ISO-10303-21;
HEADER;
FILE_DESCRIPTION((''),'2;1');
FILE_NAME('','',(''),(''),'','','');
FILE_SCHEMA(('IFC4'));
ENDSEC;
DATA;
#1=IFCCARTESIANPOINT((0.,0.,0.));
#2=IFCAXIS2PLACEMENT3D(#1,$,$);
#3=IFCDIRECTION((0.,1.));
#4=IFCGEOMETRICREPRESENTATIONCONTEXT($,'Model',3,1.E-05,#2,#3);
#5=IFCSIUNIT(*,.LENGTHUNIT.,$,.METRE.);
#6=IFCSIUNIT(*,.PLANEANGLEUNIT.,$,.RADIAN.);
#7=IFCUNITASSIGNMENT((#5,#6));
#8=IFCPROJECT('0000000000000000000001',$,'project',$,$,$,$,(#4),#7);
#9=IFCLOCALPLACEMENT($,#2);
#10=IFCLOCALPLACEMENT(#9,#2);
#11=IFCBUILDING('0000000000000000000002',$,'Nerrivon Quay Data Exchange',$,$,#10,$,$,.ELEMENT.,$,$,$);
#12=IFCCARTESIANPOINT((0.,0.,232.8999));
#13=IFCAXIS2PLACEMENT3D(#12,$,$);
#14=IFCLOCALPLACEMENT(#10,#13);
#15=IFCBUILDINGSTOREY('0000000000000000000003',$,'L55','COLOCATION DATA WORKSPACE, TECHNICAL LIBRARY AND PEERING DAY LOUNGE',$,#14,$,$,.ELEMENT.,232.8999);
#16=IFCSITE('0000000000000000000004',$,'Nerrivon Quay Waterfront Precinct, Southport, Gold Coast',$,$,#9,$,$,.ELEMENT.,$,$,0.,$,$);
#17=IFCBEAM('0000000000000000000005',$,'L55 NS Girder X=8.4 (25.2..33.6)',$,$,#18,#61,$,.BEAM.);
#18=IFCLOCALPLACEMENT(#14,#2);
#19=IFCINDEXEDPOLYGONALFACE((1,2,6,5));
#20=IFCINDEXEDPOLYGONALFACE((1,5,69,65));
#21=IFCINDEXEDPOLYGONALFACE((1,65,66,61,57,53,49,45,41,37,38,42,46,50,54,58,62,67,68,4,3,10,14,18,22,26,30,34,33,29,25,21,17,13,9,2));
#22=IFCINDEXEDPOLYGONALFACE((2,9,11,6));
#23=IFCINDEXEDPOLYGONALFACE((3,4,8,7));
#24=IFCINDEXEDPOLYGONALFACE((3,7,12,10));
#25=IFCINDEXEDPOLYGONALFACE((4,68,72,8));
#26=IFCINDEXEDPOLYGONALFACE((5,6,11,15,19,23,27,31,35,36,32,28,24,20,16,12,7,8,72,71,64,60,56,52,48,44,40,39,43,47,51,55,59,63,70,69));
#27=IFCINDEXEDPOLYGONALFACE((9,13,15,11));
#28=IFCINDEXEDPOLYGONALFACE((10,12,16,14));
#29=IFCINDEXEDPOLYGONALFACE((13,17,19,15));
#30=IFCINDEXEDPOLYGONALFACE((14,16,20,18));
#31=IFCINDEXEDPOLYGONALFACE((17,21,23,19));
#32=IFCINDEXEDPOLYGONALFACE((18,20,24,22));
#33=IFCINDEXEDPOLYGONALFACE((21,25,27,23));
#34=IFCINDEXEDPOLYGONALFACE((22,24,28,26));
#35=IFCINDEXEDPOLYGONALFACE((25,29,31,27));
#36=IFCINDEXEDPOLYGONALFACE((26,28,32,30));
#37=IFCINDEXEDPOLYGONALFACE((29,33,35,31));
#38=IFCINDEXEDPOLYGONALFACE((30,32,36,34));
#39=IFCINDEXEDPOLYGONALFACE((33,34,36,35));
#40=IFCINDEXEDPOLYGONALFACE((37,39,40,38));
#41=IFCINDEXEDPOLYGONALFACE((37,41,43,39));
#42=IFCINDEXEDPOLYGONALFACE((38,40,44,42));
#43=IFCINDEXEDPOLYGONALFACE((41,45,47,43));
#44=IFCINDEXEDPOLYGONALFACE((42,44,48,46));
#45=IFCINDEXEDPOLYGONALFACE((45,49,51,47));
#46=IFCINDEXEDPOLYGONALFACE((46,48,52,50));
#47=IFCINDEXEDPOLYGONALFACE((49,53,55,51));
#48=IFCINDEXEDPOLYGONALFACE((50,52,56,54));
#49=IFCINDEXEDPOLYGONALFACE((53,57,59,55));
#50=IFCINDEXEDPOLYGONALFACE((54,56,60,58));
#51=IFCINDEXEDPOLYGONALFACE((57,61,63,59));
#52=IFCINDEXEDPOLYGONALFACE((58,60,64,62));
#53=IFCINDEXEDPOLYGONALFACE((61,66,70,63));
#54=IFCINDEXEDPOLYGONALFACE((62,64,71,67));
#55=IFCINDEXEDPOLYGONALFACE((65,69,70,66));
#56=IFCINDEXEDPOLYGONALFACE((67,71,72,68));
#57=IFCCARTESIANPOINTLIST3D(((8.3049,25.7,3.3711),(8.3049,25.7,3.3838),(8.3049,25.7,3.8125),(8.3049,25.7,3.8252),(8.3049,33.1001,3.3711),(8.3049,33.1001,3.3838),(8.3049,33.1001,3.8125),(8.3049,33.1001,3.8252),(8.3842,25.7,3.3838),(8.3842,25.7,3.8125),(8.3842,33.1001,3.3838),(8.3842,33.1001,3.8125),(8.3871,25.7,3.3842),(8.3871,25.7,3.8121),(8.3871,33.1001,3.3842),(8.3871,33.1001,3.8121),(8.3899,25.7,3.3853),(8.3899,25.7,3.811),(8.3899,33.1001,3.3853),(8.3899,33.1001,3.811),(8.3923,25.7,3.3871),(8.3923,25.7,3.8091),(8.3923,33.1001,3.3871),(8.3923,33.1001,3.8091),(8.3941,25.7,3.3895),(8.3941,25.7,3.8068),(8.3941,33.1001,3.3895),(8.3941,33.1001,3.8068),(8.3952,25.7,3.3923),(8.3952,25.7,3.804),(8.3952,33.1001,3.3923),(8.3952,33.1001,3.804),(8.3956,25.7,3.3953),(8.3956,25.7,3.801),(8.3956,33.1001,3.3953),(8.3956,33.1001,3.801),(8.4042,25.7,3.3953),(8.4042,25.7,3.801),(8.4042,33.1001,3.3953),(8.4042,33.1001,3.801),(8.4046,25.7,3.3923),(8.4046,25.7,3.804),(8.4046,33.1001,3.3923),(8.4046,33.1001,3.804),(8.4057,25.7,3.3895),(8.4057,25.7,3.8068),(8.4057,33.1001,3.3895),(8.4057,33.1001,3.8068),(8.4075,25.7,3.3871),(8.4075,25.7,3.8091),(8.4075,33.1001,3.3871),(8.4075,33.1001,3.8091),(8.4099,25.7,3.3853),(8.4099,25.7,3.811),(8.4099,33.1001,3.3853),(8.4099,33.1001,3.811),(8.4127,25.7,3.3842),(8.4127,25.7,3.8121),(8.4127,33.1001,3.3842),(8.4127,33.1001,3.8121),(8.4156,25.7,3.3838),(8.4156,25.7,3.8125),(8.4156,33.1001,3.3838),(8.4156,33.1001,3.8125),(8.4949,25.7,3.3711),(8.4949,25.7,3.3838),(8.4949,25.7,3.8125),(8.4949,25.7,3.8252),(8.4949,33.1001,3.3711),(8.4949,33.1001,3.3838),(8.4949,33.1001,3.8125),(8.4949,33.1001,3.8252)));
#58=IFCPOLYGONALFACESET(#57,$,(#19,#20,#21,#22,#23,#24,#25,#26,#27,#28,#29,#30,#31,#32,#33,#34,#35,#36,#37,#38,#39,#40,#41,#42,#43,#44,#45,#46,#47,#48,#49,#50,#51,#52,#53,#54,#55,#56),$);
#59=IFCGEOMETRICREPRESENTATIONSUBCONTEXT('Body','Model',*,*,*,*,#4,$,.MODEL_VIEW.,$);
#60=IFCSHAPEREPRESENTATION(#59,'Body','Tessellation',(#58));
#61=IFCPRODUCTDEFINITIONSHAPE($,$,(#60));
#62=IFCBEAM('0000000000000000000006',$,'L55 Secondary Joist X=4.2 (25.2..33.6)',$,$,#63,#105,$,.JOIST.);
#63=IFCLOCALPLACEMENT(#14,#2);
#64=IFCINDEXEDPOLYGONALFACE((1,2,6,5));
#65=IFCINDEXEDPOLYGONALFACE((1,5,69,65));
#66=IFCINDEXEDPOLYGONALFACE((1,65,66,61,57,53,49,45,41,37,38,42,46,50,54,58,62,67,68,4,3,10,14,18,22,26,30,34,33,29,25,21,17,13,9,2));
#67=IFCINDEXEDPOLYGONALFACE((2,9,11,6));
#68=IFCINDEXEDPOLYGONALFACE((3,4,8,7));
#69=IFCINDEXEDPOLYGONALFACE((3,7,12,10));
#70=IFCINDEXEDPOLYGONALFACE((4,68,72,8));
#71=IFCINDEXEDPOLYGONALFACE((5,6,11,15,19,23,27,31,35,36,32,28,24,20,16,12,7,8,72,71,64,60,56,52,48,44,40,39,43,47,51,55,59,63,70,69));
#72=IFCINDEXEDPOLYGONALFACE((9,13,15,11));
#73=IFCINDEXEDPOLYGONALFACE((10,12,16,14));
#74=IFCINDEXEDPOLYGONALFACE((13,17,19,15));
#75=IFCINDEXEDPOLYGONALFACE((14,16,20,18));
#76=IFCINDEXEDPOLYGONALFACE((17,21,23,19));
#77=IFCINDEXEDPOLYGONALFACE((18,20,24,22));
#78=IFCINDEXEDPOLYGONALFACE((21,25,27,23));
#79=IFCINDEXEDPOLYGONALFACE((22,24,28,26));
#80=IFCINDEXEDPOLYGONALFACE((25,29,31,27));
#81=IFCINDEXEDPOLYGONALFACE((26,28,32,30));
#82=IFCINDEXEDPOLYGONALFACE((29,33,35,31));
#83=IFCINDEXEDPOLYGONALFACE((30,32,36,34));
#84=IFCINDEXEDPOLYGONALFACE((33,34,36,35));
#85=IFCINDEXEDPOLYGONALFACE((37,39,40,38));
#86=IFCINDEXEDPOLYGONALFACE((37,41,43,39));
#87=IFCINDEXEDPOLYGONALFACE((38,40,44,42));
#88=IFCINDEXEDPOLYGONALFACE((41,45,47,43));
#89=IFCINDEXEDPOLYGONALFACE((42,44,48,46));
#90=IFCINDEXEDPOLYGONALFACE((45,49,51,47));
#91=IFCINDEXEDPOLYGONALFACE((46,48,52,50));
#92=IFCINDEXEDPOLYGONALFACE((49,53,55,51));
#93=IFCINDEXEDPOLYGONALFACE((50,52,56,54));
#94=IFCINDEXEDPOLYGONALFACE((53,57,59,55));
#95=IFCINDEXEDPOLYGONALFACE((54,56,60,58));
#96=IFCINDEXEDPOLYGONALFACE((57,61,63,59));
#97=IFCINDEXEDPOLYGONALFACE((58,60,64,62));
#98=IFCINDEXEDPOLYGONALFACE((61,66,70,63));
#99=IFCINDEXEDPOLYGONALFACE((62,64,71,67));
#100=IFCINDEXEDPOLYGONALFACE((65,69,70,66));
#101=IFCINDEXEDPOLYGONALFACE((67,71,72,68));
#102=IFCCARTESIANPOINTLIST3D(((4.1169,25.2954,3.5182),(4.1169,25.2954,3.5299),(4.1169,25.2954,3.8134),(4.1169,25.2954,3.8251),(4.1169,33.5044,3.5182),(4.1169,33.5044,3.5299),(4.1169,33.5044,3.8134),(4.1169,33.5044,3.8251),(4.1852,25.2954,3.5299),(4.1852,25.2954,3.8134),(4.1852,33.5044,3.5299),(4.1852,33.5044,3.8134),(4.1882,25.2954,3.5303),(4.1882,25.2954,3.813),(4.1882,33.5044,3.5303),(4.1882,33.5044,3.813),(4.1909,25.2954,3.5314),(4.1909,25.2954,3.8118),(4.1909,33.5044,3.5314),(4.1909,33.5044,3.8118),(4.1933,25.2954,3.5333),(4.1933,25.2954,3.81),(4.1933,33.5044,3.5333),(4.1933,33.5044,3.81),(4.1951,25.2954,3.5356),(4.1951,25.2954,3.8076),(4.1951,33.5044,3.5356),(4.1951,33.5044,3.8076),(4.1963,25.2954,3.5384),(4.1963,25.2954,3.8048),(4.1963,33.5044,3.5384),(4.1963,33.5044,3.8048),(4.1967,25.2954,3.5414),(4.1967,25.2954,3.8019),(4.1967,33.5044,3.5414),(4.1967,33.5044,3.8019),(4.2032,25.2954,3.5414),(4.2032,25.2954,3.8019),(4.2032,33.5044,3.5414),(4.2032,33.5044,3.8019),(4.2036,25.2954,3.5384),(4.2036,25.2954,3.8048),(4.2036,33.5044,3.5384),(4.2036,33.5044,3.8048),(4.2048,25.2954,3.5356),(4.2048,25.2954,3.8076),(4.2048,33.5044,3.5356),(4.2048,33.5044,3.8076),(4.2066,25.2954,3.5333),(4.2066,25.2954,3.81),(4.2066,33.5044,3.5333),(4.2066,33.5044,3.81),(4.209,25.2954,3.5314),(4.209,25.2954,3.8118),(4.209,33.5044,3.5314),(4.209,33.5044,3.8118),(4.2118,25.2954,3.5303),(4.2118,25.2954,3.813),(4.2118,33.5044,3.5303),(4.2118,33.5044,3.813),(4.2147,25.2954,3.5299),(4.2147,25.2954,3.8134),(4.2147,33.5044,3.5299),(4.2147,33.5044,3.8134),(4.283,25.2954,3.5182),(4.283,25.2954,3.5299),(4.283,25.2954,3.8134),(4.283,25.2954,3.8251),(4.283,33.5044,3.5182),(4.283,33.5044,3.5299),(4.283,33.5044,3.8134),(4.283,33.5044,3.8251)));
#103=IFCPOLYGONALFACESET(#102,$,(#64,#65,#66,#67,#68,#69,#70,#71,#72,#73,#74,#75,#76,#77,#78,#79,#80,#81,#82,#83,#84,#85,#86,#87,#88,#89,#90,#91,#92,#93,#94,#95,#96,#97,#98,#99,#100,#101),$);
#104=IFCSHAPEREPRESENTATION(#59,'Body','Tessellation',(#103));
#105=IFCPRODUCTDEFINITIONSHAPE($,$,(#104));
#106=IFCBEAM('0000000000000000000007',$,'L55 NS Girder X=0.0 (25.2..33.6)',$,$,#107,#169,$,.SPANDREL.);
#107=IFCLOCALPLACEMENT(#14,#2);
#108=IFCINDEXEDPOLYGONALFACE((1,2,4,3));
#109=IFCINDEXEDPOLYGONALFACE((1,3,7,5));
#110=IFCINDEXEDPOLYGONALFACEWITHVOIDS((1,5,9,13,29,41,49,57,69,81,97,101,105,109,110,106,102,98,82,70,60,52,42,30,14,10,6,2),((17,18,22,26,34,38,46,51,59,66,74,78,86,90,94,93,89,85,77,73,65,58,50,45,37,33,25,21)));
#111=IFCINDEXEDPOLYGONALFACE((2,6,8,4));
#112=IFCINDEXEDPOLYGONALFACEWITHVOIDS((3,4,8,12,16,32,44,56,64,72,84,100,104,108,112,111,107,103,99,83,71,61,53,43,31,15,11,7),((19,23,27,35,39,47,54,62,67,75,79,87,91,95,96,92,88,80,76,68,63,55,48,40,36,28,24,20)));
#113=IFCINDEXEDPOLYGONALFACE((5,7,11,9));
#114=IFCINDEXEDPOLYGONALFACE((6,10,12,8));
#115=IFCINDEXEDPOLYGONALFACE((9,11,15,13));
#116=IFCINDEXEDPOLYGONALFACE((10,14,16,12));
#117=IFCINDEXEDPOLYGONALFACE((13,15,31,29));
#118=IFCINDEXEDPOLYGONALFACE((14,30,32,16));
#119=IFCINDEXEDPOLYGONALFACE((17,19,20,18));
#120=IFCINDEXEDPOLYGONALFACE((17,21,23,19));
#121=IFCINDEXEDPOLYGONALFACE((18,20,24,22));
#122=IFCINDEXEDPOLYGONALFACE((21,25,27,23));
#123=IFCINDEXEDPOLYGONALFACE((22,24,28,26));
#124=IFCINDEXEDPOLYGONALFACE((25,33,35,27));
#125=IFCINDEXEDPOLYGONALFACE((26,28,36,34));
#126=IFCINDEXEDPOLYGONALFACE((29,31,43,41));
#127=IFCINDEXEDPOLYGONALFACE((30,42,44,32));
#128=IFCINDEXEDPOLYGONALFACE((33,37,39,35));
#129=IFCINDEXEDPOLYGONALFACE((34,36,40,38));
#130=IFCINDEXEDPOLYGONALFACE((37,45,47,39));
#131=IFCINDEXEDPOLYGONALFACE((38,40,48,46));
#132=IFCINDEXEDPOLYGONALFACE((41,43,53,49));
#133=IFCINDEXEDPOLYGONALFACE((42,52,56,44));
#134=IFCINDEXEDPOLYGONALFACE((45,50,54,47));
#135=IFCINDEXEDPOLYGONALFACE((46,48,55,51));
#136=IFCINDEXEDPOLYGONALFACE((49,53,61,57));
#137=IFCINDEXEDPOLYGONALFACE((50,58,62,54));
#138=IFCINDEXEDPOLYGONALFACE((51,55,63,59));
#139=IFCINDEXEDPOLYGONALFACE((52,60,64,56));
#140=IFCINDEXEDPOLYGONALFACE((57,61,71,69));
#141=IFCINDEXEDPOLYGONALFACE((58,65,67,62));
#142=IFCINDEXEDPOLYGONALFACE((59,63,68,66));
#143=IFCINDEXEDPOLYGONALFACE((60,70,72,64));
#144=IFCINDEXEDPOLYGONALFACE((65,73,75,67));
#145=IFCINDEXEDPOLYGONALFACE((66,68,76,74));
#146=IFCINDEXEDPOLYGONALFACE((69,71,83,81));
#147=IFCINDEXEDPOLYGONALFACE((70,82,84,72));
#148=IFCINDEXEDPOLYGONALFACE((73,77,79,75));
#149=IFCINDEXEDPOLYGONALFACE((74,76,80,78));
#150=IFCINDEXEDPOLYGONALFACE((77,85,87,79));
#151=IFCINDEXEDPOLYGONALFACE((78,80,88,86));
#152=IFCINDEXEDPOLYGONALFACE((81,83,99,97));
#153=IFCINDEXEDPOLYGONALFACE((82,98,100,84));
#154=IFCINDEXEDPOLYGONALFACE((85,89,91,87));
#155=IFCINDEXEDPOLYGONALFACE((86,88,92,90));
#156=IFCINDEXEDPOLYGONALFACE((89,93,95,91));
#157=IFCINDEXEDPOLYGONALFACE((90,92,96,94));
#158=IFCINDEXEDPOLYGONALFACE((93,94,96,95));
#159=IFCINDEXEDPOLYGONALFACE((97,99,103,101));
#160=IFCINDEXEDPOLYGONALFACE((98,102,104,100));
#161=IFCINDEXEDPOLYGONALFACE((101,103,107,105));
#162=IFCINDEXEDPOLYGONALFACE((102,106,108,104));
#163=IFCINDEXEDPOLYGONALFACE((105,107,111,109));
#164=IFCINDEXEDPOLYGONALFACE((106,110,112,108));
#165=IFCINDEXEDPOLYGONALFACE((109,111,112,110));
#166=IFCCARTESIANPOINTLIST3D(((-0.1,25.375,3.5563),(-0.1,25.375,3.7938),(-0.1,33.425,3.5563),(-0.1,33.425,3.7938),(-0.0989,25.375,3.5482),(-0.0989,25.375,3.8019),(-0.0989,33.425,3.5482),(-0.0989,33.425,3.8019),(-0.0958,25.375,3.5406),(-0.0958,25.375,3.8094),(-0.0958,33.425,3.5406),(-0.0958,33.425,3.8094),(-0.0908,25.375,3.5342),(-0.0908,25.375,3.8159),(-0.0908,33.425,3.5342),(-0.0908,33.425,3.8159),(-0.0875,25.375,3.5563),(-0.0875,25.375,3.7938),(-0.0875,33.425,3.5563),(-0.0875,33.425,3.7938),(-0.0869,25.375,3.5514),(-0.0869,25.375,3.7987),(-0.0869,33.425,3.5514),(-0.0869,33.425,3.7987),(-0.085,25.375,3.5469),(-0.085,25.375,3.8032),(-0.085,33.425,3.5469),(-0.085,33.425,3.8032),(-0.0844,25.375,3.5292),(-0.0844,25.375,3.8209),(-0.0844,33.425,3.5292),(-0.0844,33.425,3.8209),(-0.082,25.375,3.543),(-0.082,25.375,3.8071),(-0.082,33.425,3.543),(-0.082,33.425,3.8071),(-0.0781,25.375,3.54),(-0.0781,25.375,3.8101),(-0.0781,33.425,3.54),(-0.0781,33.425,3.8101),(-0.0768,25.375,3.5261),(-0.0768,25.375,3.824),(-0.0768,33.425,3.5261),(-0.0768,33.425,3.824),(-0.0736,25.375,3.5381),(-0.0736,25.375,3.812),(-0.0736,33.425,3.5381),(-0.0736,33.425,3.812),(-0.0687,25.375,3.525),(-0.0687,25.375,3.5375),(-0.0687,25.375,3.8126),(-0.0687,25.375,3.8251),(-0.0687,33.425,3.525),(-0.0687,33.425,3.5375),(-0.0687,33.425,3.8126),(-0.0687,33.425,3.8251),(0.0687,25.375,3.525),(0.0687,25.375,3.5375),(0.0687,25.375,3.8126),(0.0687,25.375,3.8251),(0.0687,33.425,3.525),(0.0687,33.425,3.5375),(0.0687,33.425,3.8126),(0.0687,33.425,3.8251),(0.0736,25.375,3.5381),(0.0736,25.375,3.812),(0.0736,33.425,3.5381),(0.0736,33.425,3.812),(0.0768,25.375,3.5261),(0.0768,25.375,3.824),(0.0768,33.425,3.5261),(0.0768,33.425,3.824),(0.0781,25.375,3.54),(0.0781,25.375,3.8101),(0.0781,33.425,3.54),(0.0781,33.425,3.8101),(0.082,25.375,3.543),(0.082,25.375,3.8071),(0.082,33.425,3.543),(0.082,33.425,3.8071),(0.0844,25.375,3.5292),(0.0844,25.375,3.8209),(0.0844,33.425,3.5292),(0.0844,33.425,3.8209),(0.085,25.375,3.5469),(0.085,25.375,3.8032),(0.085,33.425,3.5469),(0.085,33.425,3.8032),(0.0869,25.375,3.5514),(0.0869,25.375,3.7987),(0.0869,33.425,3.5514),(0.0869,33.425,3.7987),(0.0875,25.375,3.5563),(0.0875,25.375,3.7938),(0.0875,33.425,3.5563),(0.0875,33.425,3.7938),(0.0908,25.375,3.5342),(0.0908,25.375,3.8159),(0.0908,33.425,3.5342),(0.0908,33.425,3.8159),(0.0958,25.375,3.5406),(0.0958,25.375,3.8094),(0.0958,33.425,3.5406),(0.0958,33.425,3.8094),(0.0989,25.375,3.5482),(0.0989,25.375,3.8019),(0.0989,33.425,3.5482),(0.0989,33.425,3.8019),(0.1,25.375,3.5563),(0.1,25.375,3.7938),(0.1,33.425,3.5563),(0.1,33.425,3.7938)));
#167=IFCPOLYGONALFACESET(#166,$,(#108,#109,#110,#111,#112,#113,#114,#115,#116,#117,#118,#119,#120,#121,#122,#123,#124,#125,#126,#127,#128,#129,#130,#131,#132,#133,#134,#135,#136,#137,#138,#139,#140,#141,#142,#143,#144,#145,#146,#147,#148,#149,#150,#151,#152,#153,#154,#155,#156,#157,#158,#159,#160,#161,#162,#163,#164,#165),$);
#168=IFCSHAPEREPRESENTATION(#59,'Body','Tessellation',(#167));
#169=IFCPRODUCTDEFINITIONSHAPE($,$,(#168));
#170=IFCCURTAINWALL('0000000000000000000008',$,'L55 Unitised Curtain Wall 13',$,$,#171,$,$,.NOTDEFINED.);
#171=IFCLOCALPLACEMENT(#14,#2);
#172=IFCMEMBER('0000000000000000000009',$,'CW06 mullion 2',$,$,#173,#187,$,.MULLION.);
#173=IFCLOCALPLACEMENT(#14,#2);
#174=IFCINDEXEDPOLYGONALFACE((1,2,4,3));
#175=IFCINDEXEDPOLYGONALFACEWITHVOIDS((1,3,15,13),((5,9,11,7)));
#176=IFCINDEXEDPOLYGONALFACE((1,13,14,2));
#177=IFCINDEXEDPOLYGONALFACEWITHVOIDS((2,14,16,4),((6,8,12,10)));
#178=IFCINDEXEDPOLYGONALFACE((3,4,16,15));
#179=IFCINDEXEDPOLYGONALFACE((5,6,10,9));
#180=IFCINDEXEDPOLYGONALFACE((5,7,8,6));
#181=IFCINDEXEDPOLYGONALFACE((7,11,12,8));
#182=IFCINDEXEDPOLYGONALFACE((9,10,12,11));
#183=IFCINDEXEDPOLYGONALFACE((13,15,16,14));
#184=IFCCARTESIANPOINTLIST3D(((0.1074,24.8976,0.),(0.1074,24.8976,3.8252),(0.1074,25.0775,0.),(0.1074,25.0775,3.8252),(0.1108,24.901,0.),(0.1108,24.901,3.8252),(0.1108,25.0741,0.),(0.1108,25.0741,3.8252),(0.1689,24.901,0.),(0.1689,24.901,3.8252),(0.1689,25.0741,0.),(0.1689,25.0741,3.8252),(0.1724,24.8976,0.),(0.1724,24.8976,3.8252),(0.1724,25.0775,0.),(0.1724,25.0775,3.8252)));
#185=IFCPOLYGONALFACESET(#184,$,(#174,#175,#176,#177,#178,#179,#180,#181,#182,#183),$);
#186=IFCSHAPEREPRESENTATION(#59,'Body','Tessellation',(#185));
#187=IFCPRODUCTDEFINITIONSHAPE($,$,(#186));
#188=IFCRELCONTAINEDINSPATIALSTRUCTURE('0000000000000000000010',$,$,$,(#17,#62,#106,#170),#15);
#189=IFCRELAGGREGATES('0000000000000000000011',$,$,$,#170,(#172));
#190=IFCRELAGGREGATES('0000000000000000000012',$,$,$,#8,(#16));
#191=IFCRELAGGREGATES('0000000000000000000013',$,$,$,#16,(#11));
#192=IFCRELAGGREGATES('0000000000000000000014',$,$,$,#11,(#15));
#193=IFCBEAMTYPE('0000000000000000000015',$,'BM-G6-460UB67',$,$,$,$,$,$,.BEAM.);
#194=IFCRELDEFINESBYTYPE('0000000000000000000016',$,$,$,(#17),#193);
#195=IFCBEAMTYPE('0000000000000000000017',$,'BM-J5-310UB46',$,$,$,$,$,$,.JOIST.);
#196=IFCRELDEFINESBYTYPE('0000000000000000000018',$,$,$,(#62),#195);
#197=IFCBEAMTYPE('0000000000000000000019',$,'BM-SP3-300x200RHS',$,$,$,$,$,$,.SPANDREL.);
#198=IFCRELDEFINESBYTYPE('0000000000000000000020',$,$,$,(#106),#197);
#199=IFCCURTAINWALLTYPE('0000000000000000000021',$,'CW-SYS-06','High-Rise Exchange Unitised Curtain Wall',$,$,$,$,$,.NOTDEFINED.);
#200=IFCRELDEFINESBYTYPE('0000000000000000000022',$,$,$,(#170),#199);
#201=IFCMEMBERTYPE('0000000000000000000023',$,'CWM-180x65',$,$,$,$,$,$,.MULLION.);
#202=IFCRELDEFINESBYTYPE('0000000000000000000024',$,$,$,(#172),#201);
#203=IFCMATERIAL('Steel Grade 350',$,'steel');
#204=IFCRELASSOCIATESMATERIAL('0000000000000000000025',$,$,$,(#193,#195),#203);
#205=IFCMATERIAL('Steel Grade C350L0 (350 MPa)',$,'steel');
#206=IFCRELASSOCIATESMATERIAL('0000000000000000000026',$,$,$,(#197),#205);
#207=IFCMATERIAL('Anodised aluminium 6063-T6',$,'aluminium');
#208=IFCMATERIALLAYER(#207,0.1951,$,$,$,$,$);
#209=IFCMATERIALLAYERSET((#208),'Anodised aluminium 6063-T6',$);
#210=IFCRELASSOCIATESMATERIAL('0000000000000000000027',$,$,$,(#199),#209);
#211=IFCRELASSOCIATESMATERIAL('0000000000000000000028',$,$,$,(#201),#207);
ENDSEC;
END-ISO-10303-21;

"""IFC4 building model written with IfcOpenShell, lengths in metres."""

from ifc_helpers import new_model, si_unit, direction, frame, origin, origin_2d, place, context, subcontext, project, spatial, hollow_rectangle, i_section, extrude, material, layer, layer_set, material_profile, profile_set, type_object, element, aggregate, save


model = new_model("IFC4")

# Units and contexts
model_context = context("Model", 3, precision=1e-05, world=origin(), true_north=direction((0.0, 1.0)))
body_context = subcontext(model_context, "Body", "Model", "MODEL_VIEW")
ifc_project = project(units=[si_unit("LENGTHUNIT", "METRE"), si_unit("PLANEANGLEUNIT", "RADIAN")], contexts=[model_context])

# Site, building, storey
site_placement = place(None, origin())
site = spatial("IfcSite", under=ifc_project, at=site_placement, Name="Nerrivon Quay Waterfront Precinct, Southport, Gold Coast", CompositionType="ELEMENT", RefElevation=0.0)
building_placement = place(site_placement, origin())
building = spatial("IfcBuilding", under=site, at=building_placement, Name="Nerrivon Quay Data Exchange", CompositionType="ELEMENT")
storey_placement = place(building_placement, frame((0.0, 0.0, 232.8999)))
storey = spatial("IfcBuildingStorey", under=building, at=storey_placement, Name="L55", Description="COLOCATION DATA WORKSPACE, TECHNICAL LIBRARY AND PEERING DAY LOUNGE", CompositionType="ELEMENT", Elevation=232.8999)

# Shared definitions
ifc_material_1 = material(Name="Steel Grade 350", Category="steel")

# Beams
ifc_material_profile_1 = material_profile(ifc_material_1, i_section(OverallWidth=0.1899, OverallDepth=0.4541, WebThickness=0.0085, FlangeThickness=0.0127, FilletRadius=0.0115, at=origin_2d()), Name="460UB67.1")
ifc_profile_set_1 = profile_set([ifc_material_profile_1], Name="Steel Grade 350")
beam_type_1 = type_object("IfcBeamType", Name="BM-G6-460UB67", PredefinedType="BEAM", material=ifc_profile_set_1)
beam_1_placement = place(storey_placement, frame((8.3999, 25.7, 3.5981), z_axis=(0.0, 1.0, 0.0), x_axis=(-1.0, 0.0, 0.0)))
element("IfcBeam", 1, at=beam_1_placement, inside=storey, type_object=beam_type_1, Name="L55 NS Girder X=8.4 (25.2..33.6)", PredefinedType="BEAM", context=body_context, shape_type="SweptSolid", body=[
    extrude(i_section(OverallWidth=0.1899, OverallDepth=0.4541, WebThickness=0.0085, FlangeThickness=0.0127, FilletRadius=0.0115, at=origin_2d()), origin(), (0.0, 0.0, 1.0), 7.4001),
])
ifc_material_profile_2 = material_profile(ifc_material_1, i_section(OverallWidth=0.166, OverallDepth=0.3069, WebThickness=0.0066, FlangeThickness=0.0117, FilletRadius=0.0115, at=origin_2d()), Name="310UB46.2")
ifc_profile_set_2 = profile_set([ifc_material_profile_2], Name="Steel Grade 350")
beam_type_2 = type_object("IfcBeamType", Name="BM-J5-310UB46", PredefinedType="JOIST", material=ifc_profile_set_2)
beam_2_placement = place(storey_placement, frame((4.2, 25.2954, 3.6716), z_axis=(0.0, 1.0, 0.0), x_axis=(-1.0, 0.0, 0.0)))
element("IfcBeam", 2, at=beam_2_placement, inside=storey, type_object=beam_type_2, Name="L55 Secondary Joist X=4.2 (25.2..33.6)", PredefinedType="JOIST", context=body_context, shape_type="SweptSolid", body=[
    extrude(i_section(OverallWidth=0.166, OverallDepth=0.3069, WebThickness=0.0066, FlangeThickness=0.0117, FilletRadius=0.0115, at=origin_2d()), origin(), (0.0, 0.0, 1.0), 8.209),
])
ifc_material_2 = material(Name="Steel Grade C350L0 (350 MPa)", Category="steel")
ifc_material_profile_3 = material_profile(ifc_material_2, hollow_rectangle(XDim=0.2, YDim=0.3, WallThickness=0.0125, InnerFilletRadius=0.0188, OuterFilletRadius=0.0312, at=origin_2d()), Name="300x200x12.5RHS")
ifc_profile_set_3 = profile_set([ifc_material_profile_3], Name="Steel Grade C350L0 (350 MPa)")
beam_type_3 = type_object("IfcBeamType", Name="BM-SP3-300x200RHS", PredefinedType="SPANDREL", material=ifc_profile_set_3)
beam_3_placement = place(storey_placement, frame((0.0, 25.375, 3.675), z_axis=(0.0, 1.0, 0.0), x_axis=(-1.0, 0.0, 0.0)))
element("IfcBeam", 3, at=beam_3_placement, inside=storey, type_object=beam_type_3, Name="L55 NS Girder X=0.0 (25.2..33.6)", PredefinedType="SPANDREL", context=body_context, shape_type="SweptSolid", body=[
    extrude(hollow_rectangle(XDim=0.2, YDim=0.3, WallThickness=0.0125, InnerFilletRadius=0.0188, OuterFilletRadius=0.0312, at=origin_2d()), origin(), (0.0, 0.0, 1.0), 8.05),
])

# Curtain wall, member
ifc_material_3 = material(Name="Anodised aluminium 6063-T6", Category="aluminium")
ifc_layer_1 = layer(ifc_material_3, 0.1951)
ifc_layer_set_1 = layer_set([ifc_layer_1], Name="Anodised aluminium 6063-T6")
curtain_wall_type = type_object("IfcCurtainWallType", Name="CW-SYS-06", Description="High-Rise Exchange Unitised Curtain Wall", PredefinedType="NOTDEFINED", material=ifc_layer_set_1)
curtain_wall_1_placement = place(storey_placement, origin())
curtain_wall_1 = element("IfcCurtainWall", 4, at=curtain_wall_1_placement, inside=storey, type_object=curtain_wall_type, Name="L55 Unitised Curtain Wall 13", PredefinedType="NOTDEFINED")
ifc_material_profile_4 = material_profile(ifc_material_3, hollow_rectangle(XDim=0.0649, YDim=0.1799, WallThickness=0.0034, at=origin_2d()), Name="ALU-MULL-180x65")
ifc_profile_set_4 = profile_set([ifc_material_profile_4], Name="Anodised aluminium 6063-T6")
member_type_1 = type_object("IfcMemberType", Name="CWM-180x65", PredefinedType="MULLION", material=ifc_profile_set_4)
member_1_placement = place(storey_placement, frame((0.1399, 24.9875, 0.0), z_axis=(0.0, 0.0, 1.0), x_axis=(-1.0, 0.0, 0.0)))
member_1 = element("IfcMember", 5, at=member_1_placement, type_object=member_type_1, Name="CW06 mullion 2", PredefinedType="MULLION", context=body_context, shape_type="SweptSolid", body=[
    extrude(hollow_rectangle(XDim=0.0649, YDim=0.1799, WallThickness=0.0034, at=origin_2d()), origin(), (0.0, 0.0, 1.0), 3.8252),
])

aggregate(curtain_wall_1, [member_1])

save(model, "model.ifc")
